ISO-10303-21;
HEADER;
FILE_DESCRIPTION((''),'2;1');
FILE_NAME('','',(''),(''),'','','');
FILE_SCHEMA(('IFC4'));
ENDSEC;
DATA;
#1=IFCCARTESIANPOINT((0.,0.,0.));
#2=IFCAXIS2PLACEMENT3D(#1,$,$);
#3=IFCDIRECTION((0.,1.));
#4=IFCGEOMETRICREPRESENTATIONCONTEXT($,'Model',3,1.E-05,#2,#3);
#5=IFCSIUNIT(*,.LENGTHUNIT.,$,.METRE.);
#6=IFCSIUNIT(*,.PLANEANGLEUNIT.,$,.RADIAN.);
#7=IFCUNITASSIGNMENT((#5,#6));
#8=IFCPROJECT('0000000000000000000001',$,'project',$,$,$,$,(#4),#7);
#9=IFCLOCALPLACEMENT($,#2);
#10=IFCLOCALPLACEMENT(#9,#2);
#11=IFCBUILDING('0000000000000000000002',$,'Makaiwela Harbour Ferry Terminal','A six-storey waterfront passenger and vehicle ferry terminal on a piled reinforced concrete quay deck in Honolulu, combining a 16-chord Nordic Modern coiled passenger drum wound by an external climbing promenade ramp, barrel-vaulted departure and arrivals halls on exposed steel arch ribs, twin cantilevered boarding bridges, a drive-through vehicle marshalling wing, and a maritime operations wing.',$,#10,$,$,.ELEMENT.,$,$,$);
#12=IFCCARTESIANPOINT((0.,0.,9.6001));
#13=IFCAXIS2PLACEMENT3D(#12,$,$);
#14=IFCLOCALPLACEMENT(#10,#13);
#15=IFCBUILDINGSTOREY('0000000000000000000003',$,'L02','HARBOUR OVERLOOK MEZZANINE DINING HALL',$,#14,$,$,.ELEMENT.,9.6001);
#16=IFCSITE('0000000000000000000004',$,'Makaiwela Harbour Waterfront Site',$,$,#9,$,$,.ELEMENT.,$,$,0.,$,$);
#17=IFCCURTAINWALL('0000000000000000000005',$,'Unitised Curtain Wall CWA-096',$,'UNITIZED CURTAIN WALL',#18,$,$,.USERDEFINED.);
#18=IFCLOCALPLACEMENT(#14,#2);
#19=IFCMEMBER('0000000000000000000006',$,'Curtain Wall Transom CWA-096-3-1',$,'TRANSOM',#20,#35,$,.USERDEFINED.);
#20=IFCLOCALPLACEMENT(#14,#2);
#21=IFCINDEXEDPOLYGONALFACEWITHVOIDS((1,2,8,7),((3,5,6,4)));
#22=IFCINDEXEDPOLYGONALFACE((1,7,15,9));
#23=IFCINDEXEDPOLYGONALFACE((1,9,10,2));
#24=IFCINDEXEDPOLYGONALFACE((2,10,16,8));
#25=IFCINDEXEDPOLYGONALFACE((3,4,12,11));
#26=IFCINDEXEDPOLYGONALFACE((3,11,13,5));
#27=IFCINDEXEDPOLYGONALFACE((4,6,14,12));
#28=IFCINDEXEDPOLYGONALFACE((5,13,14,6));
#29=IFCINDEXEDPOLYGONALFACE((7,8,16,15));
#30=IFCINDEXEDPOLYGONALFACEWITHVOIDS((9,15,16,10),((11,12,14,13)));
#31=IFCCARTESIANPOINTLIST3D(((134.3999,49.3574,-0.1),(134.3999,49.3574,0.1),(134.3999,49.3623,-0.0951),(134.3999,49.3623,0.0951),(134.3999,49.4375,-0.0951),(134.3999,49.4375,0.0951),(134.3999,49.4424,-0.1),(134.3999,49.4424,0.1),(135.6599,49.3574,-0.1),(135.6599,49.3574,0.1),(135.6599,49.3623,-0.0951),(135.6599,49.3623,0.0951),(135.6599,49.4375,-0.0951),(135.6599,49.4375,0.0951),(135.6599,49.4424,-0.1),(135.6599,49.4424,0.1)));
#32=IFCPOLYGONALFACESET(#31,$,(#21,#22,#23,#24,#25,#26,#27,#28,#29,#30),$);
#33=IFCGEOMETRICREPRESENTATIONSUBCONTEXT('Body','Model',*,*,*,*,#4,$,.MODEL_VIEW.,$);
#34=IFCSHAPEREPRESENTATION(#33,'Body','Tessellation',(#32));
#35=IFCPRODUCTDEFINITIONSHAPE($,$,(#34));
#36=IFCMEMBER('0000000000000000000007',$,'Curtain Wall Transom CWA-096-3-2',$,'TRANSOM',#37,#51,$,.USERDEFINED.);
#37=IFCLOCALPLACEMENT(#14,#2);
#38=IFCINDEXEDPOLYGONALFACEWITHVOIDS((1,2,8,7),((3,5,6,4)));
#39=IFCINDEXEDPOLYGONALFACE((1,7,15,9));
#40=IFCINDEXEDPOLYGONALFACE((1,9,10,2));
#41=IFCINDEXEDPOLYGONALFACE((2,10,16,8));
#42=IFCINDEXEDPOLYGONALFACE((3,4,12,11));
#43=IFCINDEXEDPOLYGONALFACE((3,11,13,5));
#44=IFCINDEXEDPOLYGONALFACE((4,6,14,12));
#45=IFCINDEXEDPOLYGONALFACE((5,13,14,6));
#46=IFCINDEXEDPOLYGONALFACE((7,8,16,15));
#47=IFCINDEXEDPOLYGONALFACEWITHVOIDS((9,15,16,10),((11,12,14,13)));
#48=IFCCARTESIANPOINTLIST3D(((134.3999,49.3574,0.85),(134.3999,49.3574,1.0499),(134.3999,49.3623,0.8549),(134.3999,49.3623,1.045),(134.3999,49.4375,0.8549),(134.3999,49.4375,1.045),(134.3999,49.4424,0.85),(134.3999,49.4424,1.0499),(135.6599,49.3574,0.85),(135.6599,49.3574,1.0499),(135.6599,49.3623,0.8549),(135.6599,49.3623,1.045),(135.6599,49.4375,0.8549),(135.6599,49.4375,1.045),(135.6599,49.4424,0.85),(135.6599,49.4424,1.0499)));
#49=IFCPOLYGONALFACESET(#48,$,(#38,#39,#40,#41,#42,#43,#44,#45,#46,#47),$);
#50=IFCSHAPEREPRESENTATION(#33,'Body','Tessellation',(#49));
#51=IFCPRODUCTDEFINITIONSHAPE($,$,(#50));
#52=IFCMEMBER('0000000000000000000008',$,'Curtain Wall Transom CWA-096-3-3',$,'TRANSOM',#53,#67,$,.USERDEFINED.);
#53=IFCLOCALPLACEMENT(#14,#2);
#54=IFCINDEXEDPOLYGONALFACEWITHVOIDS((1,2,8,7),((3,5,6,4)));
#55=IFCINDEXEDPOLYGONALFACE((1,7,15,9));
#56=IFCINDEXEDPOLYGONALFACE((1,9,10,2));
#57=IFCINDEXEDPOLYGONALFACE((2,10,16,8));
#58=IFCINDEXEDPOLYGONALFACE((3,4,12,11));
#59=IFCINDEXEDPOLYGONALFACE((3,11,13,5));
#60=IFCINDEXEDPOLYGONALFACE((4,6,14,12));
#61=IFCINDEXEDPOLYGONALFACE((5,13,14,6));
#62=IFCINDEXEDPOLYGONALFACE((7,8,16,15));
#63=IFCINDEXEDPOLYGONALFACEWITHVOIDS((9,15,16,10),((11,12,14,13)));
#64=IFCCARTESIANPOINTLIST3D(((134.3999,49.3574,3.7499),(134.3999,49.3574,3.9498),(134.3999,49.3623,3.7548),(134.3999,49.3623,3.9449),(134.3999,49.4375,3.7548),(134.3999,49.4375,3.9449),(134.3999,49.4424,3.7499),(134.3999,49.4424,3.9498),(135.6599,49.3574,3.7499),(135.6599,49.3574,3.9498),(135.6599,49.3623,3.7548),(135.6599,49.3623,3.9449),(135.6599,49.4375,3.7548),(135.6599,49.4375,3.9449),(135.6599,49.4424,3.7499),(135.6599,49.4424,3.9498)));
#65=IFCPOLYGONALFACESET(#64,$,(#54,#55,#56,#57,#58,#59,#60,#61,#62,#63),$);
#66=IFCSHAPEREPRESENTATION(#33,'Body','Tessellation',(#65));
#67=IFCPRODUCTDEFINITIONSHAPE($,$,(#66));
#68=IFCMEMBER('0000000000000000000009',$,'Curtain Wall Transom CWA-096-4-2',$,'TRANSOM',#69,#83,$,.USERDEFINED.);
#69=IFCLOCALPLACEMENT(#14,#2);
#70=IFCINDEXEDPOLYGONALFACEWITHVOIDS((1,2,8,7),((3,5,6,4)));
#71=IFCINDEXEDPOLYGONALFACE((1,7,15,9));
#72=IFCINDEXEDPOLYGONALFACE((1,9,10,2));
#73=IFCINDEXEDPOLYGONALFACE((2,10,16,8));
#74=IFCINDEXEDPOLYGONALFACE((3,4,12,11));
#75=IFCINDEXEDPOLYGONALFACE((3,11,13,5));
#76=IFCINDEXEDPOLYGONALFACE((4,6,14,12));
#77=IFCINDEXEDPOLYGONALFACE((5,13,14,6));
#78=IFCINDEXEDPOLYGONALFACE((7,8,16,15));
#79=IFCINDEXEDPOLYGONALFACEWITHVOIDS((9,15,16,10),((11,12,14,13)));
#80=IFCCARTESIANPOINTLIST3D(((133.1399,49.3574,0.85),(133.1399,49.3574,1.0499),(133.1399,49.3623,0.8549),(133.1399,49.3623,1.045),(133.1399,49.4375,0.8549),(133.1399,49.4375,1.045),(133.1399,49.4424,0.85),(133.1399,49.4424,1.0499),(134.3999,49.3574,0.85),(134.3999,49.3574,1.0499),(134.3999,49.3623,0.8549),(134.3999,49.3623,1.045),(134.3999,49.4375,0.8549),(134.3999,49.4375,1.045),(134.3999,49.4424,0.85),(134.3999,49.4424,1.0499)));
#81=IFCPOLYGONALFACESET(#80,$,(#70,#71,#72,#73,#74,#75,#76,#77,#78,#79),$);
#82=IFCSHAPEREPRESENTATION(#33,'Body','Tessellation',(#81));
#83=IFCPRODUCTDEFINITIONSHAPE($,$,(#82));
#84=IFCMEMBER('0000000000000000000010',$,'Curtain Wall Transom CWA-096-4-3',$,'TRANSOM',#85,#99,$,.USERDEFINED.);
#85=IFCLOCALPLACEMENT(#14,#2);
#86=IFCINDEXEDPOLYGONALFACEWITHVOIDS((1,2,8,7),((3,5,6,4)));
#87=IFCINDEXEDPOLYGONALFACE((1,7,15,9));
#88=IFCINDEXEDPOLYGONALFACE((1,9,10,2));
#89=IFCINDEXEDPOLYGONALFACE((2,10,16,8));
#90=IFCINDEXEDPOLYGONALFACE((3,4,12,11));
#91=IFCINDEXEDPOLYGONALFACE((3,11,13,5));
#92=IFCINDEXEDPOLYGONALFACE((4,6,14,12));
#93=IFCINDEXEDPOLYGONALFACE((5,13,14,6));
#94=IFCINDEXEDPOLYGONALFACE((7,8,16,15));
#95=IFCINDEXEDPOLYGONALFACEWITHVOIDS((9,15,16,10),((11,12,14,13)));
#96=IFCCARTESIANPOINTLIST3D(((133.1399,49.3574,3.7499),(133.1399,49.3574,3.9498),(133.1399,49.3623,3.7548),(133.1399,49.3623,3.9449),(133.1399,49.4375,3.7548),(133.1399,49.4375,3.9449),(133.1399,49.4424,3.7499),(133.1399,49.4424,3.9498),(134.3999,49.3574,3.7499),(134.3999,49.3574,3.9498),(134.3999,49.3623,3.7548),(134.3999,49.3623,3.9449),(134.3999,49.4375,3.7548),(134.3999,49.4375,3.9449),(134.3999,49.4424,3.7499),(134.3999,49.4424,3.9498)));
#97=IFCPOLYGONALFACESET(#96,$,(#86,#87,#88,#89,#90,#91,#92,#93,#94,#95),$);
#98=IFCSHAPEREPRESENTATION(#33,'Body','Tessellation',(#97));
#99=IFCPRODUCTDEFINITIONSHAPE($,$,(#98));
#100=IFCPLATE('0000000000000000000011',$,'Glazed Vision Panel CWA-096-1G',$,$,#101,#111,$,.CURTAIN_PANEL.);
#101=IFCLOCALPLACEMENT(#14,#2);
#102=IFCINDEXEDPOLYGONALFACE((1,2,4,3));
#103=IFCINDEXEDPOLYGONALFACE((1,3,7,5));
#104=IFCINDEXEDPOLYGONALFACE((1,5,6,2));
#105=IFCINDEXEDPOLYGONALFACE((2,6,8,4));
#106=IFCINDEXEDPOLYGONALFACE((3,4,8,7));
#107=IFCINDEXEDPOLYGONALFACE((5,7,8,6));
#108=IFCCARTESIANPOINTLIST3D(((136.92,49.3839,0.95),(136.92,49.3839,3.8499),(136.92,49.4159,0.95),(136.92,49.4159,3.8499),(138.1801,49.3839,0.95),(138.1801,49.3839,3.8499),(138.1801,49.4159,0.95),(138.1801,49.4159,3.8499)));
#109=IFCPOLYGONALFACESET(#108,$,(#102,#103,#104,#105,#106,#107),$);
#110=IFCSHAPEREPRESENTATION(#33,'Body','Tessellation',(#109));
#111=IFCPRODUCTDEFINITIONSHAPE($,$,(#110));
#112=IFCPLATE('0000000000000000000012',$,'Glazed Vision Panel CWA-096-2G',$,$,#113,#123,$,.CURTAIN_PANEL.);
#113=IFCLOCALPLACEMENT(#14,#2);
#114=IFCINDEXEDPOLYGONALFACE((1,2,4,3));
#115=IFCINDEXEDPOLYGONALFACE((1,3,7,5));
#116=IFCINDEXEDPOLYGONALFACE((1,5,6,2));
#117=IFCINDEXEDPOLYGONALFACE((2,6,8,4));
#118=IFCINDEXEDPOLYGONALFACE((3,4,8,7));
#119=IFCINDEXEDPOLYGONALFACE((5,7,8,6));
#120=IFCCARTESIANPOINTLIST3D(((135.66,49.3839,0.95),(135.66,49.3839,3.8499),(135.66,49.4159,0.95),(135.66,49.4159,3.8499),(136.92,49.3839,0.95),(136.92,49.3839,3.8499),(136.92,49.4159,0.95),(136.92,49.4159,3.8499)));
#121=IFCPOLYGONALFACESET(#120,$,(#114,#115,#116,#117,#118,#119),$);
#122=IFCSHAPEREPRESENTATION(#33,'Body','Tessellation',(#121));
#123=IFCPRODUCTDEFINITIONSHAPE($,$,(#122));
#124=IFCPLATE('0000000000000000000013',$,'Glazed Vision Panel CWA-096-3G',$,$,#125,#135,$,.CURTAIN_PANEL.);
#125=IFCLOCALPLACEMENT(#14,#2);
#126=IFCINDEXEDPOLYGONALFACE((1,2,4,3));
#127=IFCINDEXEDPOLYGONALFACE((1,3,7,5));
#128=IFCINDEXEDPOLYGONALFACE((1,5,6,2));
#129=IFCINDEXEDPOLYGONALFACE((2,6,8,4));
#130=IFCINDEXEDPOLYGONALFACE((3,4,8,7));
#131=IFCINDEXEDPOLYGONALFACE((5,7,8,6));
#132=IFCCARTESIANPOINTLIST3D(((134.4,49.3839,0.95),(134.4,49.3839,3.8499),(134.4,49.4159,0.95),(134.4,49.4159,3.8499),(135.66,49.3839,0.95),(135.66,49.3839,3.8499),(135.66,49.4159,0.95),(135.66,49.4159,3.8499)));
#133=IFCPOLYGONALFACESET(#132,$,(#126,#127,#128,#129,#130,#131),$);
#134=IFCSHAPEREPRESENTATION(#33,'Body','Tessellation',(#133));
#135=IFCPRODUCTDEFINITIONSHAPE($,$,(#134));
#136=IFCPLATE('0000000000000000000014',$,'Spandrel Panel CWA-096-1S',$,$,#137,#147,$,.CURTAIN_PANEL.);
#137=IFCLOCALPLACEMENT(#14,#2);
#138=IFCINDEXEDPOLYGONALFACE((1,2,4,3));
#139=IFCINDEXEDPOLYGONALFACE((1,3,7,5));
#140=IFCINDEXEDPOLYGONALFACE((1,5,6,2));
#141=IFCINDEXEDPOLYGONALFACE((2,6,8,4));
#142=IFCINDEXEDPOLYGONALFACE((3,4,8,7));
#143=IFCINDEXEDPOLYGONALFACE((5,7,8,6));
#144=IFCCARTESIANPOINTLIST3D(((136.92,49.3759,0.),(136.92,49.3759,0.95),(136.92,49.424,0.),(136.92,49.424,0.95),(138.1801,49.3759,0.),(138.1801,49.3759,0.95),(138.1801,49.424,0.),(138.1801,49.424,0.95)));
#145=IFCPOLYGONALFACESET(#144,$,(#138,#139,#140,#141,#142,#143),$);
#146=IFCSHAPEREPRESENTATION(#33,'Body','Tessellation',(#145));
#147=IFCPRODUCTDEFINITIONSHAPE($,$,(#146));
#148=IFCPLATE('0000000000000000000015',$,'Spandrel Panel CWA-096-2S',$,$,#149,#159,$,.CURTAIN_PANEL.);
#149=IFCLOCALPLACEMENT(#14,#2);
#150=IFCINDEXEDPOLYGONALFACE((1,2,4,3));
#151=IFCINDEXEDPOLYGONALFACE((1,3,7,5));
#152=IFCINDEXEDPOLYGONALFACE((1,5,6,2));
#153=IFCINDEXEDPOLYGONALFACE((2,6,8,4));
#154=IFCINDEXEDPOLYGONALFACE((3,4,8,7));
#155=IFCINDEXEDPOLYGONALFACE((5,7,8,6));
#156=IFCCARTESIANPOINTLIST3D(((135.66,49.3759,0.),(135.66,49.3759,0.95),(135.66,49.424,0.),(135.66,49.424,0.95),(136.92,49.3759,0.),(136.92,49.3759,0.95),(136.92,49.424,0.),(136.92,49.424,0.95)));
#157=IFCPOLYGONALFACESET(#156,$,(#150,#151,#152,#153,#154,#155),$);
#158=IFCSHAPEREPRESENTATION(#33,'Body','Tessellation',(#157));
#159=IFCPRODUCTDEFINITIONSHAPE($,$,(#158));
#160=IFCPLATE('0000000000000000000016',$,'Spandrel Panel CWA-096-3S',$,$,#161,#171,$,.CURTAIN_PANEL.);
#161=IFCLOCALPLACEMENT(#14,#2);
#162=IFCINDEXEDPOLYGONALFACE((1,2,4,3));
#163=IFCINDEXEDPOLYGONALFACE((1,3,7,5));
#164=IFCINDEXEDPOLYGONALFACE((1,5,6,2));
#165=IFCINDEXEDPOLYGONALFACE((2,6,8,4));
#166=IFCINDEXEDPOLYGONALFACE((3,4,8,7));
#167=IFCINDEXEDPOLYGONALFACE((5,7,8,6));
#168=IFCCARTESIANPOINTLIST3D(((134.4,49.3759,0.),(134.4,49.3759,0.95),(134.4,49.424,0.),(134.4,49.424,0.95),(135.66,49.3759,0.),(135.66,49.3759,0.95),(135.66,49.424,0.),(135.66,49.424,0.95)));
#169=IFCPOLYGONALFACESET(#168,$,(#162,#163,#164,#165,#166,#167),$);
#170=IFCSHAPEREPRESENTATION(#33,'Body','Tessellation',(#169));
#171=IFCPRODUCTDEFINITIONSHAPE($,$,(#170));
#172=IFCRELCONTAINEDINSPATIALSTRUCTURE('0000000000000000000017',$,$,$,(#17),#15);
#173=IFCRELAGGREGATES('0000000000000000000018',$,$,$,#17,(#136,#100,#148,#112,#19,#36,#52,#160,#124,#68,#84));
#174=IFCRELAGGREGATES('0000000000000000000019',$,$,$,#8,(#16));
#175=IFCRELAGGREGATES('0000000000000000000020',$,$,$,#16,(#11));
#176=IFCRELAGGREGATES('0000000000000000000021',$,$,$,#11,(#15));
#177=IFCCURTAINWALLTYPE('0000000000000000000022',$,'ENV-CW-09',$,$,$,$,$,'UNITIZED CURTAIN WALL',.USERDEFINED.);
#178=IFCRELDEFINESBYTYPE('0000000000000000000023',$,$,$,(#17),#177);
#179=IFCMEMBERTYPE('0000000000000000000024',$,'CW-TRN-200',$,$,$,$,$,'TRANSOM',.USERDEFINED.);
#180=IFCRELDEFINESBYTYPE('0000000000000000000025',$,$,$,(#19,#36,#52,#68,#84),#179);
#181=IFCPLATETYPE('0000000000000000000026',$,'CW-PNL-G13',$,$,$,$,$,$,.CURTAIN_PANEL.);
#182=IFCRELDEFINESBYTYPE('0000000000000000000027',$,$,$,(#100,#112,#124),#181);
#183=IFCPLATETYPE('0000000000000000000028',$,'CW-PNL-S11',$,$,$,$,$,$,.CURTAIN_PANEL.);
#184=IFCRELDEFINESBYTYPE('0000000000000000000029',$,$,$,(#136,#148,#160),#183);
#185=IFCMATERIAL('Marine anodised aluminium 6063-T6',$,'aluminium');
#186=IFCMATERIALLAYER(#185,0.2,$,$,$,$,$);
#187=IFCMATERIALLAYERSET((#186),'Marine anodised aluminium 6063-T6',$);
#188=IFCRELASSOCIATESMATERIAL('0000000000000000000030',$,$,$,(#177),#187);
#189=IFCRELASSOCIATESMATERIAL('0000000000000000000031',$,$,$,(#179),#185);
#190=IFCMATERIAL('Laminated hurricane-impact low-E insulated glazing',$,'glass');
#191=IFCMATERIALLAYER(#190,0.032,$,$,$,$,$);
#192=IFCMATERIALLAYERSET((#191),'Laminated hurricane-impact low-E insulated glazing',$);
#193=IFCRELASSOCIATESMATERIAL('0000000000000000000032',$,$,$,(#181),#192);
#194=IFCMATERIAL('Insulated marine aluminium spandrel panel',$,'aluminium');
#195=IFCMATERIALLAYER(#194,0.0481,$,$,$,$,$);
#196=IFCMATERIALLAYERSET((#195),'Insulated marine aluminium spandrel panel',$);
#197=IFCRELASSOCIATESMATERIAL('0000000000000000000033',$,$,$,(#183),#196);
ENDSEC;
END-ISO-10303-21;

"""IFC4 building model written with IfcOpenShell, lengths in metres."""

from ifc_helpers import new_model, si_unit, direction, frame, origin, origin_2d, place, context, subcontext, project, spatial, rectangle, hollow_rectangle, extrude, material, layer, layer_set, material_profile, profile_set, type_object, element, aggregate, save


model = new_model("IFC4")

# Units and contexts
model_context = context("Model", 3, precision=1e-05, world=origin(), true_north=direction((0.0, 1.0)))
body_context = subcontext(model_context, "Body", "Model", "MODEL_VIEW")
ifc_project = project(units=[si_unit("LENGTHUNIT", "METRE"), si_unit("PLANEANGLEUNIT", "RADIAN")], contexts=[model_context])

# Site, building, storey
site_placement = place(None, origin())
site = spatial("IfcSite", under=ifc_project, at=site_placement, Name="Makaiwela Harbour Waterfront Site", CompositionType="ELEMENT", RefElevation=0.0)
building_placement = place(site_placement, origin())
building = spatial("IfcBuilding", under=site, at=building_placement, Name="Makaiwela Harbour Ferry Terminal", Description="A six-storey waterfront passenger and vehicle ferry terminal on a piled reinforced concrete quay deck in Honolulu, combining a 16-chord Nordic Modern coiled passenger drum wound by an external climbing promenade ramp, barrel-vaulted departure and arrivals halls on exposed steel arch ribs, twin cantilevered boarding bridges, a drive-through vehicle marshalling wing, and a maritime operations wing.", CompositionType="ELEMENT")
storey_placement = place(building_placement, frame((0.0, 0.0, 9.6001)))
storey = spatial("IfcBuildingStorey", under=building, at=storey_placement, Name="L02", Description="HARBOUR OVERLOOK MEZZANINE DINING HALL", CompositionType="ELEMENT", Elevation=9.6001)

# Curtain wall, members, plates
ifc_material_1 = material(Name="Marine anodised aluminium 6063-T6", Category="aluminium")
ifc_layer_1 = layer(ifc_material_1, 0.2)
ifc_layer_set_1 = layer_set([ifc_layer_1], Name="Marine anodised aluminium 6063-T6")
curtain_wall_type = type_object("IfcCurtainWallType", Name="ENV-CW-09", ElementType="UNITIZED CURTAIN WALL", PredefinedType="USERDEFINED", material=ifc_layer_set_1)
curtain_wall_placement = place(storey_placement, origin())
curtain_wall = element("IfcCurtainWall", 1, at=curtain_wall_placement, inside=storey, type_object=curtain_wall_type, Name="Unitised Curtain Wall CWA-096", ObjectType="UNITIZED CURTAIN WALL", PredefinedType="USERDEFINED")
ifc_material_profile_1 = material_profile(ifc_material_1, hollow_rectangle(XDim=0.085, YDim=0.2, WallThickness=0.0049, at=origin_2d()), Name="CWT-200X85")
ifc_profile_set_1 = profile_set([ifc_material_profile_1], Name="Marine anodised aluminium 6063-T6")
member_type_1 = type_object("IfcMemberType", Name="CW-TRN-200", ElementType="TRANSOM", PredefinedType="USERDEFINED", material=ifc_profile_set_1)
member_1_placement = place(storey_placement, frame((135.6599, 49.3999, 0.0), z_axis=(-1.0, 0.0, 0.0), x_axis=(0.0, -1.0, 0.0)))
member_1 = element("IfcMember", 2, at=member_1_placement, type_object=member_type_1, Name="Curtain Wall Transom CWA-096-3-1", ObjectType="TRANSOM", PredefinedType="USERDEFINED", context=body_context, shape_type="SweptSolid", body=[
    extrude(hollow_rectangle(XDim=0.085, YDim=0.2, WallThickness=0.0049, at=origin_2d()), origin(), (0.0, 0.0, 1.0), 1.26),
])
member_2_placement = place(storey_placement, frame((135.6599, 49.3999, 0.95), z_axis=(-1.0, 0.0, 0.0), x_axis=(0.0, -1.0, 0.0)))
member_2 = element("IfcMember", 3, at=member_2_placement, type_object=member_type_1, Name="Curtain Wall Transom CWA-096-3-2", ObjectType="TRANSOM", PredefinedType="USERDEFINED", context=body_context, shape_type="SweptSolid", body=[
    extrude(hollow_rectangle(XDim=0.085, YDim=0.2, WallThickness=0.0049, at=origin_2d()), origin(), (0.0, 0.0, 1.0), 1.26),
])
member_3_placement = place(storey_placement, frame((135.6599, 49.3999, 3.8499), z_axis=(-1.0, 0.0, 0.0), x_axis=(0.0, -1.0, 0.0)))
member_3 = element("IfcMember", 4, at=member_3_placement, type_object=member_type_1, Name="Curtain Wall Transom CWA-096-3-3", ObjectType="TRANSOM", PredefinedType="USERDEFINED", context=body_context, shape_type="SweptSolid", body=[
    extrude(hollow_rectangle(XDim=0.085, YDim=0.2, WallThickness=0.0049, at=origin_2d()), origin(), (0.0, 0.0, 1.0), 1.26),
])
member_4_placement = place(storey_placement, frame((134.3999, 49.3999, 0.95), z_axis=(-1.0, 0.0, 0.0), x_axis=(0.0, -1.0, 0.0)))
member_4 = element("IfcMember", 5, at=member_4_placement, type_object=member_type_1, Name="Curtain Wall Transom CWA-096-4-2", ObjectType="TRANSOM", PredefinedType="USERDEFINED", context=body_context, shape_type="SweptSolid", body=[
    extrude(hollow_rectangle(XDim=0.085, YDim=0.2, WallThickness=0.0049, at=origin_2d()), origin(), (0.0, 0.0, 1.0), 1.26),
])
member_5_placement = place(storey_placement, frame((134.3999, 49.3999, 3.8499), z_axis=(-1.0, 0.0, 0.0), x_axis=(0.0, -1.0, 0.0)))
member_5 = element("IfcMember", 6, at=member_5_placement, type_object=member_type_1, Name="Curtain Wall Transom CWA-096-4-3", ObjectType="TRANSOM", PredefinedType="USERDEFINED", context=body_context, shape_type="SweptSolid", body=[
    extrude(hollow_rectangle(XDim=0.085, YDim=0.2, WallThickness=0.0049, at=origin_2d()), origin(), (0.0, 0.0, 1.0), 1.26),
])
ifc_material_2 = material(Name="Laminated hurricane-impact low-E insulated glazing", Category="glass")
ifc_layer_2 = layer(ifc_material_2, 0.032)
ifc_layer_set_2 = layer_set([ifc_layer_2], Name="Laminated hurricane-impact low-E insulated glazing")
plate_type_1 = type_object("IfcPlateType", Name="CW-PNL-G13", PredefinedType="CURTAIN_PANEL", material=ifc_layer_set_2)
plate_1_placement = place(storey_placement, frame((137.55, 49.3999, 0.95), z_axis=(0.0, 0.0, 1.0), x_axis=(-1.0, 0.0, 0.0)))
plate_1 = element("IfcPlate", 7, at=plate_1_placement, type_object=plate_type_1, Name="Glazed Vision Panel CWA-096-1G", PredefinedType="CURTAIN_PANEL", context=body_context, shape_type="SweptSolid", body=[
    extrude(rectangle(XDim=1.26, YDim=0.032, at=origin_2d()), origin(), (0.0, 0.0, 1.0), 2.8999),
])
plate_2_placement = place(storey_placement, frame((136.29, 49.3999, 0.95), z_axis=(0.0, 0.0, 1.0), x_axis=(-1.0, 0.0, 0.0)))
plate_2 = element("IfcPlate", 8, at=plate_2_placement, type_object=plate_type_1, Name="Glazed Vision Panel CWA-096-2G", PredefinedType="CURTAIN_PANEL", context=body_context, shape_type="SweptSolid", body=[
    extrude(rectangle(XDim=1.26, YDim=0.032, at=origin_2d()), origin(), (0.0, 0.0, 1.0), 2.8999),
])
plate_3_placement = place(storey_placement, frame((135.03, 49.3999, 0.95), z_axis=(0.0, 0.0, 1.0), x_axis=(-1.0, 0.0, 0.0)))
plate_3 = element("IfcPlate", 9, at=plate_3_placement, type_object=plate_type_1, Name="Glazed Vision Panel CWA-096-3G", PredefinedType="CURTAIN_PANEL", context=body_context, shape_type="SweptSolid", body=[
    extrude(rectangle(XDim=1.26, YDim=0.032, at=origin_2d()), origin(), (0.0, 0.0, 1.0), 2.8999),
])
ifc_material_3 = material(Name="Insulated marine aluminium spandrel panel", Category="aluminium")
ifc_layer_3 = layer(ifc_material_3, 0.0481)
ifc_layer_set_3 = layer_set([ifc_layer_3], Name="Insulated marine aluminium spandrel panel")
plate_type_2 = type_object("IfcPlateType", Name="CW-PNL-S11", PredefinedType="CURTAIN_PANEL", material=ifc_layer_set_3)
plate_4_placement = place(storey_placement, frame((137.55, 49.3999, 0.0), z_axis=(0.0, 0.0, 1.0), x_axis=(-1.0, 0.0, 0.0)))
plate_4 = element("IfcPlate", 10, at=plate_4_placement, type_object=plate_type_2, Name="Spandrel Panel CWA-096-1S", PredefinedType="CURTAIN_PANEL", context=body_context, shape_type="SweptSolid", body=[
    extrude(rectangle(XDim=1.26, YDim=0.0481, at=origin_2d()), origin(), (0.0, 0.0, 1.0), 0.95),
])
plate_5_placement = place(storey_placement, frame((136.29, 49.3999, 0.0), z_axis=(0.0, 0.0, 1.0), x_axis=(-1.0, 0.0, 0.0)))
plate_5 = element("IfcPlate", 11, at=plate_5_placement, type_object=plate_type_2, Name="Spandrel Panel CWA-096-2S", PredefinedType="CURTAIN_PANEL", context=body_context, shape_type="SweptSolid", body=[
    extrude(rectangle(XDim=1.26, YDim=0.0481, at=origin_2d()), origin(), (0.0, 0.0, 1.0), 0.95),
])
plate_6_placement = place(storey_placement, frame((135.03, 49.3999, 0.0), z_axis=(0.0, 0.0, 1.0), x_axis=(-1.0, 0.0, 0.0)))
plate_6 = element("IfcPlate", 12, at=plate_6_placement, type_object=plate_type_2, Name="Spandrel Panel CWA-096-3S", PredefinedType="CURTAIN_PANEL", context=body_context, shape_type="SweptSolid", body=[
    extrude(rectangle(XDim=1.26, YDim=0.0481, at=origin_2d()), origin(), (0.0, 0.0, 1.0), 0.95),
])
aggregate(curtain_wall, [plate_4, plate_1, plate_5, plate_2, member_1, member_2, member_3, plate_6, plate_3, member_4, member_5])

save(model, "model.ifc")
